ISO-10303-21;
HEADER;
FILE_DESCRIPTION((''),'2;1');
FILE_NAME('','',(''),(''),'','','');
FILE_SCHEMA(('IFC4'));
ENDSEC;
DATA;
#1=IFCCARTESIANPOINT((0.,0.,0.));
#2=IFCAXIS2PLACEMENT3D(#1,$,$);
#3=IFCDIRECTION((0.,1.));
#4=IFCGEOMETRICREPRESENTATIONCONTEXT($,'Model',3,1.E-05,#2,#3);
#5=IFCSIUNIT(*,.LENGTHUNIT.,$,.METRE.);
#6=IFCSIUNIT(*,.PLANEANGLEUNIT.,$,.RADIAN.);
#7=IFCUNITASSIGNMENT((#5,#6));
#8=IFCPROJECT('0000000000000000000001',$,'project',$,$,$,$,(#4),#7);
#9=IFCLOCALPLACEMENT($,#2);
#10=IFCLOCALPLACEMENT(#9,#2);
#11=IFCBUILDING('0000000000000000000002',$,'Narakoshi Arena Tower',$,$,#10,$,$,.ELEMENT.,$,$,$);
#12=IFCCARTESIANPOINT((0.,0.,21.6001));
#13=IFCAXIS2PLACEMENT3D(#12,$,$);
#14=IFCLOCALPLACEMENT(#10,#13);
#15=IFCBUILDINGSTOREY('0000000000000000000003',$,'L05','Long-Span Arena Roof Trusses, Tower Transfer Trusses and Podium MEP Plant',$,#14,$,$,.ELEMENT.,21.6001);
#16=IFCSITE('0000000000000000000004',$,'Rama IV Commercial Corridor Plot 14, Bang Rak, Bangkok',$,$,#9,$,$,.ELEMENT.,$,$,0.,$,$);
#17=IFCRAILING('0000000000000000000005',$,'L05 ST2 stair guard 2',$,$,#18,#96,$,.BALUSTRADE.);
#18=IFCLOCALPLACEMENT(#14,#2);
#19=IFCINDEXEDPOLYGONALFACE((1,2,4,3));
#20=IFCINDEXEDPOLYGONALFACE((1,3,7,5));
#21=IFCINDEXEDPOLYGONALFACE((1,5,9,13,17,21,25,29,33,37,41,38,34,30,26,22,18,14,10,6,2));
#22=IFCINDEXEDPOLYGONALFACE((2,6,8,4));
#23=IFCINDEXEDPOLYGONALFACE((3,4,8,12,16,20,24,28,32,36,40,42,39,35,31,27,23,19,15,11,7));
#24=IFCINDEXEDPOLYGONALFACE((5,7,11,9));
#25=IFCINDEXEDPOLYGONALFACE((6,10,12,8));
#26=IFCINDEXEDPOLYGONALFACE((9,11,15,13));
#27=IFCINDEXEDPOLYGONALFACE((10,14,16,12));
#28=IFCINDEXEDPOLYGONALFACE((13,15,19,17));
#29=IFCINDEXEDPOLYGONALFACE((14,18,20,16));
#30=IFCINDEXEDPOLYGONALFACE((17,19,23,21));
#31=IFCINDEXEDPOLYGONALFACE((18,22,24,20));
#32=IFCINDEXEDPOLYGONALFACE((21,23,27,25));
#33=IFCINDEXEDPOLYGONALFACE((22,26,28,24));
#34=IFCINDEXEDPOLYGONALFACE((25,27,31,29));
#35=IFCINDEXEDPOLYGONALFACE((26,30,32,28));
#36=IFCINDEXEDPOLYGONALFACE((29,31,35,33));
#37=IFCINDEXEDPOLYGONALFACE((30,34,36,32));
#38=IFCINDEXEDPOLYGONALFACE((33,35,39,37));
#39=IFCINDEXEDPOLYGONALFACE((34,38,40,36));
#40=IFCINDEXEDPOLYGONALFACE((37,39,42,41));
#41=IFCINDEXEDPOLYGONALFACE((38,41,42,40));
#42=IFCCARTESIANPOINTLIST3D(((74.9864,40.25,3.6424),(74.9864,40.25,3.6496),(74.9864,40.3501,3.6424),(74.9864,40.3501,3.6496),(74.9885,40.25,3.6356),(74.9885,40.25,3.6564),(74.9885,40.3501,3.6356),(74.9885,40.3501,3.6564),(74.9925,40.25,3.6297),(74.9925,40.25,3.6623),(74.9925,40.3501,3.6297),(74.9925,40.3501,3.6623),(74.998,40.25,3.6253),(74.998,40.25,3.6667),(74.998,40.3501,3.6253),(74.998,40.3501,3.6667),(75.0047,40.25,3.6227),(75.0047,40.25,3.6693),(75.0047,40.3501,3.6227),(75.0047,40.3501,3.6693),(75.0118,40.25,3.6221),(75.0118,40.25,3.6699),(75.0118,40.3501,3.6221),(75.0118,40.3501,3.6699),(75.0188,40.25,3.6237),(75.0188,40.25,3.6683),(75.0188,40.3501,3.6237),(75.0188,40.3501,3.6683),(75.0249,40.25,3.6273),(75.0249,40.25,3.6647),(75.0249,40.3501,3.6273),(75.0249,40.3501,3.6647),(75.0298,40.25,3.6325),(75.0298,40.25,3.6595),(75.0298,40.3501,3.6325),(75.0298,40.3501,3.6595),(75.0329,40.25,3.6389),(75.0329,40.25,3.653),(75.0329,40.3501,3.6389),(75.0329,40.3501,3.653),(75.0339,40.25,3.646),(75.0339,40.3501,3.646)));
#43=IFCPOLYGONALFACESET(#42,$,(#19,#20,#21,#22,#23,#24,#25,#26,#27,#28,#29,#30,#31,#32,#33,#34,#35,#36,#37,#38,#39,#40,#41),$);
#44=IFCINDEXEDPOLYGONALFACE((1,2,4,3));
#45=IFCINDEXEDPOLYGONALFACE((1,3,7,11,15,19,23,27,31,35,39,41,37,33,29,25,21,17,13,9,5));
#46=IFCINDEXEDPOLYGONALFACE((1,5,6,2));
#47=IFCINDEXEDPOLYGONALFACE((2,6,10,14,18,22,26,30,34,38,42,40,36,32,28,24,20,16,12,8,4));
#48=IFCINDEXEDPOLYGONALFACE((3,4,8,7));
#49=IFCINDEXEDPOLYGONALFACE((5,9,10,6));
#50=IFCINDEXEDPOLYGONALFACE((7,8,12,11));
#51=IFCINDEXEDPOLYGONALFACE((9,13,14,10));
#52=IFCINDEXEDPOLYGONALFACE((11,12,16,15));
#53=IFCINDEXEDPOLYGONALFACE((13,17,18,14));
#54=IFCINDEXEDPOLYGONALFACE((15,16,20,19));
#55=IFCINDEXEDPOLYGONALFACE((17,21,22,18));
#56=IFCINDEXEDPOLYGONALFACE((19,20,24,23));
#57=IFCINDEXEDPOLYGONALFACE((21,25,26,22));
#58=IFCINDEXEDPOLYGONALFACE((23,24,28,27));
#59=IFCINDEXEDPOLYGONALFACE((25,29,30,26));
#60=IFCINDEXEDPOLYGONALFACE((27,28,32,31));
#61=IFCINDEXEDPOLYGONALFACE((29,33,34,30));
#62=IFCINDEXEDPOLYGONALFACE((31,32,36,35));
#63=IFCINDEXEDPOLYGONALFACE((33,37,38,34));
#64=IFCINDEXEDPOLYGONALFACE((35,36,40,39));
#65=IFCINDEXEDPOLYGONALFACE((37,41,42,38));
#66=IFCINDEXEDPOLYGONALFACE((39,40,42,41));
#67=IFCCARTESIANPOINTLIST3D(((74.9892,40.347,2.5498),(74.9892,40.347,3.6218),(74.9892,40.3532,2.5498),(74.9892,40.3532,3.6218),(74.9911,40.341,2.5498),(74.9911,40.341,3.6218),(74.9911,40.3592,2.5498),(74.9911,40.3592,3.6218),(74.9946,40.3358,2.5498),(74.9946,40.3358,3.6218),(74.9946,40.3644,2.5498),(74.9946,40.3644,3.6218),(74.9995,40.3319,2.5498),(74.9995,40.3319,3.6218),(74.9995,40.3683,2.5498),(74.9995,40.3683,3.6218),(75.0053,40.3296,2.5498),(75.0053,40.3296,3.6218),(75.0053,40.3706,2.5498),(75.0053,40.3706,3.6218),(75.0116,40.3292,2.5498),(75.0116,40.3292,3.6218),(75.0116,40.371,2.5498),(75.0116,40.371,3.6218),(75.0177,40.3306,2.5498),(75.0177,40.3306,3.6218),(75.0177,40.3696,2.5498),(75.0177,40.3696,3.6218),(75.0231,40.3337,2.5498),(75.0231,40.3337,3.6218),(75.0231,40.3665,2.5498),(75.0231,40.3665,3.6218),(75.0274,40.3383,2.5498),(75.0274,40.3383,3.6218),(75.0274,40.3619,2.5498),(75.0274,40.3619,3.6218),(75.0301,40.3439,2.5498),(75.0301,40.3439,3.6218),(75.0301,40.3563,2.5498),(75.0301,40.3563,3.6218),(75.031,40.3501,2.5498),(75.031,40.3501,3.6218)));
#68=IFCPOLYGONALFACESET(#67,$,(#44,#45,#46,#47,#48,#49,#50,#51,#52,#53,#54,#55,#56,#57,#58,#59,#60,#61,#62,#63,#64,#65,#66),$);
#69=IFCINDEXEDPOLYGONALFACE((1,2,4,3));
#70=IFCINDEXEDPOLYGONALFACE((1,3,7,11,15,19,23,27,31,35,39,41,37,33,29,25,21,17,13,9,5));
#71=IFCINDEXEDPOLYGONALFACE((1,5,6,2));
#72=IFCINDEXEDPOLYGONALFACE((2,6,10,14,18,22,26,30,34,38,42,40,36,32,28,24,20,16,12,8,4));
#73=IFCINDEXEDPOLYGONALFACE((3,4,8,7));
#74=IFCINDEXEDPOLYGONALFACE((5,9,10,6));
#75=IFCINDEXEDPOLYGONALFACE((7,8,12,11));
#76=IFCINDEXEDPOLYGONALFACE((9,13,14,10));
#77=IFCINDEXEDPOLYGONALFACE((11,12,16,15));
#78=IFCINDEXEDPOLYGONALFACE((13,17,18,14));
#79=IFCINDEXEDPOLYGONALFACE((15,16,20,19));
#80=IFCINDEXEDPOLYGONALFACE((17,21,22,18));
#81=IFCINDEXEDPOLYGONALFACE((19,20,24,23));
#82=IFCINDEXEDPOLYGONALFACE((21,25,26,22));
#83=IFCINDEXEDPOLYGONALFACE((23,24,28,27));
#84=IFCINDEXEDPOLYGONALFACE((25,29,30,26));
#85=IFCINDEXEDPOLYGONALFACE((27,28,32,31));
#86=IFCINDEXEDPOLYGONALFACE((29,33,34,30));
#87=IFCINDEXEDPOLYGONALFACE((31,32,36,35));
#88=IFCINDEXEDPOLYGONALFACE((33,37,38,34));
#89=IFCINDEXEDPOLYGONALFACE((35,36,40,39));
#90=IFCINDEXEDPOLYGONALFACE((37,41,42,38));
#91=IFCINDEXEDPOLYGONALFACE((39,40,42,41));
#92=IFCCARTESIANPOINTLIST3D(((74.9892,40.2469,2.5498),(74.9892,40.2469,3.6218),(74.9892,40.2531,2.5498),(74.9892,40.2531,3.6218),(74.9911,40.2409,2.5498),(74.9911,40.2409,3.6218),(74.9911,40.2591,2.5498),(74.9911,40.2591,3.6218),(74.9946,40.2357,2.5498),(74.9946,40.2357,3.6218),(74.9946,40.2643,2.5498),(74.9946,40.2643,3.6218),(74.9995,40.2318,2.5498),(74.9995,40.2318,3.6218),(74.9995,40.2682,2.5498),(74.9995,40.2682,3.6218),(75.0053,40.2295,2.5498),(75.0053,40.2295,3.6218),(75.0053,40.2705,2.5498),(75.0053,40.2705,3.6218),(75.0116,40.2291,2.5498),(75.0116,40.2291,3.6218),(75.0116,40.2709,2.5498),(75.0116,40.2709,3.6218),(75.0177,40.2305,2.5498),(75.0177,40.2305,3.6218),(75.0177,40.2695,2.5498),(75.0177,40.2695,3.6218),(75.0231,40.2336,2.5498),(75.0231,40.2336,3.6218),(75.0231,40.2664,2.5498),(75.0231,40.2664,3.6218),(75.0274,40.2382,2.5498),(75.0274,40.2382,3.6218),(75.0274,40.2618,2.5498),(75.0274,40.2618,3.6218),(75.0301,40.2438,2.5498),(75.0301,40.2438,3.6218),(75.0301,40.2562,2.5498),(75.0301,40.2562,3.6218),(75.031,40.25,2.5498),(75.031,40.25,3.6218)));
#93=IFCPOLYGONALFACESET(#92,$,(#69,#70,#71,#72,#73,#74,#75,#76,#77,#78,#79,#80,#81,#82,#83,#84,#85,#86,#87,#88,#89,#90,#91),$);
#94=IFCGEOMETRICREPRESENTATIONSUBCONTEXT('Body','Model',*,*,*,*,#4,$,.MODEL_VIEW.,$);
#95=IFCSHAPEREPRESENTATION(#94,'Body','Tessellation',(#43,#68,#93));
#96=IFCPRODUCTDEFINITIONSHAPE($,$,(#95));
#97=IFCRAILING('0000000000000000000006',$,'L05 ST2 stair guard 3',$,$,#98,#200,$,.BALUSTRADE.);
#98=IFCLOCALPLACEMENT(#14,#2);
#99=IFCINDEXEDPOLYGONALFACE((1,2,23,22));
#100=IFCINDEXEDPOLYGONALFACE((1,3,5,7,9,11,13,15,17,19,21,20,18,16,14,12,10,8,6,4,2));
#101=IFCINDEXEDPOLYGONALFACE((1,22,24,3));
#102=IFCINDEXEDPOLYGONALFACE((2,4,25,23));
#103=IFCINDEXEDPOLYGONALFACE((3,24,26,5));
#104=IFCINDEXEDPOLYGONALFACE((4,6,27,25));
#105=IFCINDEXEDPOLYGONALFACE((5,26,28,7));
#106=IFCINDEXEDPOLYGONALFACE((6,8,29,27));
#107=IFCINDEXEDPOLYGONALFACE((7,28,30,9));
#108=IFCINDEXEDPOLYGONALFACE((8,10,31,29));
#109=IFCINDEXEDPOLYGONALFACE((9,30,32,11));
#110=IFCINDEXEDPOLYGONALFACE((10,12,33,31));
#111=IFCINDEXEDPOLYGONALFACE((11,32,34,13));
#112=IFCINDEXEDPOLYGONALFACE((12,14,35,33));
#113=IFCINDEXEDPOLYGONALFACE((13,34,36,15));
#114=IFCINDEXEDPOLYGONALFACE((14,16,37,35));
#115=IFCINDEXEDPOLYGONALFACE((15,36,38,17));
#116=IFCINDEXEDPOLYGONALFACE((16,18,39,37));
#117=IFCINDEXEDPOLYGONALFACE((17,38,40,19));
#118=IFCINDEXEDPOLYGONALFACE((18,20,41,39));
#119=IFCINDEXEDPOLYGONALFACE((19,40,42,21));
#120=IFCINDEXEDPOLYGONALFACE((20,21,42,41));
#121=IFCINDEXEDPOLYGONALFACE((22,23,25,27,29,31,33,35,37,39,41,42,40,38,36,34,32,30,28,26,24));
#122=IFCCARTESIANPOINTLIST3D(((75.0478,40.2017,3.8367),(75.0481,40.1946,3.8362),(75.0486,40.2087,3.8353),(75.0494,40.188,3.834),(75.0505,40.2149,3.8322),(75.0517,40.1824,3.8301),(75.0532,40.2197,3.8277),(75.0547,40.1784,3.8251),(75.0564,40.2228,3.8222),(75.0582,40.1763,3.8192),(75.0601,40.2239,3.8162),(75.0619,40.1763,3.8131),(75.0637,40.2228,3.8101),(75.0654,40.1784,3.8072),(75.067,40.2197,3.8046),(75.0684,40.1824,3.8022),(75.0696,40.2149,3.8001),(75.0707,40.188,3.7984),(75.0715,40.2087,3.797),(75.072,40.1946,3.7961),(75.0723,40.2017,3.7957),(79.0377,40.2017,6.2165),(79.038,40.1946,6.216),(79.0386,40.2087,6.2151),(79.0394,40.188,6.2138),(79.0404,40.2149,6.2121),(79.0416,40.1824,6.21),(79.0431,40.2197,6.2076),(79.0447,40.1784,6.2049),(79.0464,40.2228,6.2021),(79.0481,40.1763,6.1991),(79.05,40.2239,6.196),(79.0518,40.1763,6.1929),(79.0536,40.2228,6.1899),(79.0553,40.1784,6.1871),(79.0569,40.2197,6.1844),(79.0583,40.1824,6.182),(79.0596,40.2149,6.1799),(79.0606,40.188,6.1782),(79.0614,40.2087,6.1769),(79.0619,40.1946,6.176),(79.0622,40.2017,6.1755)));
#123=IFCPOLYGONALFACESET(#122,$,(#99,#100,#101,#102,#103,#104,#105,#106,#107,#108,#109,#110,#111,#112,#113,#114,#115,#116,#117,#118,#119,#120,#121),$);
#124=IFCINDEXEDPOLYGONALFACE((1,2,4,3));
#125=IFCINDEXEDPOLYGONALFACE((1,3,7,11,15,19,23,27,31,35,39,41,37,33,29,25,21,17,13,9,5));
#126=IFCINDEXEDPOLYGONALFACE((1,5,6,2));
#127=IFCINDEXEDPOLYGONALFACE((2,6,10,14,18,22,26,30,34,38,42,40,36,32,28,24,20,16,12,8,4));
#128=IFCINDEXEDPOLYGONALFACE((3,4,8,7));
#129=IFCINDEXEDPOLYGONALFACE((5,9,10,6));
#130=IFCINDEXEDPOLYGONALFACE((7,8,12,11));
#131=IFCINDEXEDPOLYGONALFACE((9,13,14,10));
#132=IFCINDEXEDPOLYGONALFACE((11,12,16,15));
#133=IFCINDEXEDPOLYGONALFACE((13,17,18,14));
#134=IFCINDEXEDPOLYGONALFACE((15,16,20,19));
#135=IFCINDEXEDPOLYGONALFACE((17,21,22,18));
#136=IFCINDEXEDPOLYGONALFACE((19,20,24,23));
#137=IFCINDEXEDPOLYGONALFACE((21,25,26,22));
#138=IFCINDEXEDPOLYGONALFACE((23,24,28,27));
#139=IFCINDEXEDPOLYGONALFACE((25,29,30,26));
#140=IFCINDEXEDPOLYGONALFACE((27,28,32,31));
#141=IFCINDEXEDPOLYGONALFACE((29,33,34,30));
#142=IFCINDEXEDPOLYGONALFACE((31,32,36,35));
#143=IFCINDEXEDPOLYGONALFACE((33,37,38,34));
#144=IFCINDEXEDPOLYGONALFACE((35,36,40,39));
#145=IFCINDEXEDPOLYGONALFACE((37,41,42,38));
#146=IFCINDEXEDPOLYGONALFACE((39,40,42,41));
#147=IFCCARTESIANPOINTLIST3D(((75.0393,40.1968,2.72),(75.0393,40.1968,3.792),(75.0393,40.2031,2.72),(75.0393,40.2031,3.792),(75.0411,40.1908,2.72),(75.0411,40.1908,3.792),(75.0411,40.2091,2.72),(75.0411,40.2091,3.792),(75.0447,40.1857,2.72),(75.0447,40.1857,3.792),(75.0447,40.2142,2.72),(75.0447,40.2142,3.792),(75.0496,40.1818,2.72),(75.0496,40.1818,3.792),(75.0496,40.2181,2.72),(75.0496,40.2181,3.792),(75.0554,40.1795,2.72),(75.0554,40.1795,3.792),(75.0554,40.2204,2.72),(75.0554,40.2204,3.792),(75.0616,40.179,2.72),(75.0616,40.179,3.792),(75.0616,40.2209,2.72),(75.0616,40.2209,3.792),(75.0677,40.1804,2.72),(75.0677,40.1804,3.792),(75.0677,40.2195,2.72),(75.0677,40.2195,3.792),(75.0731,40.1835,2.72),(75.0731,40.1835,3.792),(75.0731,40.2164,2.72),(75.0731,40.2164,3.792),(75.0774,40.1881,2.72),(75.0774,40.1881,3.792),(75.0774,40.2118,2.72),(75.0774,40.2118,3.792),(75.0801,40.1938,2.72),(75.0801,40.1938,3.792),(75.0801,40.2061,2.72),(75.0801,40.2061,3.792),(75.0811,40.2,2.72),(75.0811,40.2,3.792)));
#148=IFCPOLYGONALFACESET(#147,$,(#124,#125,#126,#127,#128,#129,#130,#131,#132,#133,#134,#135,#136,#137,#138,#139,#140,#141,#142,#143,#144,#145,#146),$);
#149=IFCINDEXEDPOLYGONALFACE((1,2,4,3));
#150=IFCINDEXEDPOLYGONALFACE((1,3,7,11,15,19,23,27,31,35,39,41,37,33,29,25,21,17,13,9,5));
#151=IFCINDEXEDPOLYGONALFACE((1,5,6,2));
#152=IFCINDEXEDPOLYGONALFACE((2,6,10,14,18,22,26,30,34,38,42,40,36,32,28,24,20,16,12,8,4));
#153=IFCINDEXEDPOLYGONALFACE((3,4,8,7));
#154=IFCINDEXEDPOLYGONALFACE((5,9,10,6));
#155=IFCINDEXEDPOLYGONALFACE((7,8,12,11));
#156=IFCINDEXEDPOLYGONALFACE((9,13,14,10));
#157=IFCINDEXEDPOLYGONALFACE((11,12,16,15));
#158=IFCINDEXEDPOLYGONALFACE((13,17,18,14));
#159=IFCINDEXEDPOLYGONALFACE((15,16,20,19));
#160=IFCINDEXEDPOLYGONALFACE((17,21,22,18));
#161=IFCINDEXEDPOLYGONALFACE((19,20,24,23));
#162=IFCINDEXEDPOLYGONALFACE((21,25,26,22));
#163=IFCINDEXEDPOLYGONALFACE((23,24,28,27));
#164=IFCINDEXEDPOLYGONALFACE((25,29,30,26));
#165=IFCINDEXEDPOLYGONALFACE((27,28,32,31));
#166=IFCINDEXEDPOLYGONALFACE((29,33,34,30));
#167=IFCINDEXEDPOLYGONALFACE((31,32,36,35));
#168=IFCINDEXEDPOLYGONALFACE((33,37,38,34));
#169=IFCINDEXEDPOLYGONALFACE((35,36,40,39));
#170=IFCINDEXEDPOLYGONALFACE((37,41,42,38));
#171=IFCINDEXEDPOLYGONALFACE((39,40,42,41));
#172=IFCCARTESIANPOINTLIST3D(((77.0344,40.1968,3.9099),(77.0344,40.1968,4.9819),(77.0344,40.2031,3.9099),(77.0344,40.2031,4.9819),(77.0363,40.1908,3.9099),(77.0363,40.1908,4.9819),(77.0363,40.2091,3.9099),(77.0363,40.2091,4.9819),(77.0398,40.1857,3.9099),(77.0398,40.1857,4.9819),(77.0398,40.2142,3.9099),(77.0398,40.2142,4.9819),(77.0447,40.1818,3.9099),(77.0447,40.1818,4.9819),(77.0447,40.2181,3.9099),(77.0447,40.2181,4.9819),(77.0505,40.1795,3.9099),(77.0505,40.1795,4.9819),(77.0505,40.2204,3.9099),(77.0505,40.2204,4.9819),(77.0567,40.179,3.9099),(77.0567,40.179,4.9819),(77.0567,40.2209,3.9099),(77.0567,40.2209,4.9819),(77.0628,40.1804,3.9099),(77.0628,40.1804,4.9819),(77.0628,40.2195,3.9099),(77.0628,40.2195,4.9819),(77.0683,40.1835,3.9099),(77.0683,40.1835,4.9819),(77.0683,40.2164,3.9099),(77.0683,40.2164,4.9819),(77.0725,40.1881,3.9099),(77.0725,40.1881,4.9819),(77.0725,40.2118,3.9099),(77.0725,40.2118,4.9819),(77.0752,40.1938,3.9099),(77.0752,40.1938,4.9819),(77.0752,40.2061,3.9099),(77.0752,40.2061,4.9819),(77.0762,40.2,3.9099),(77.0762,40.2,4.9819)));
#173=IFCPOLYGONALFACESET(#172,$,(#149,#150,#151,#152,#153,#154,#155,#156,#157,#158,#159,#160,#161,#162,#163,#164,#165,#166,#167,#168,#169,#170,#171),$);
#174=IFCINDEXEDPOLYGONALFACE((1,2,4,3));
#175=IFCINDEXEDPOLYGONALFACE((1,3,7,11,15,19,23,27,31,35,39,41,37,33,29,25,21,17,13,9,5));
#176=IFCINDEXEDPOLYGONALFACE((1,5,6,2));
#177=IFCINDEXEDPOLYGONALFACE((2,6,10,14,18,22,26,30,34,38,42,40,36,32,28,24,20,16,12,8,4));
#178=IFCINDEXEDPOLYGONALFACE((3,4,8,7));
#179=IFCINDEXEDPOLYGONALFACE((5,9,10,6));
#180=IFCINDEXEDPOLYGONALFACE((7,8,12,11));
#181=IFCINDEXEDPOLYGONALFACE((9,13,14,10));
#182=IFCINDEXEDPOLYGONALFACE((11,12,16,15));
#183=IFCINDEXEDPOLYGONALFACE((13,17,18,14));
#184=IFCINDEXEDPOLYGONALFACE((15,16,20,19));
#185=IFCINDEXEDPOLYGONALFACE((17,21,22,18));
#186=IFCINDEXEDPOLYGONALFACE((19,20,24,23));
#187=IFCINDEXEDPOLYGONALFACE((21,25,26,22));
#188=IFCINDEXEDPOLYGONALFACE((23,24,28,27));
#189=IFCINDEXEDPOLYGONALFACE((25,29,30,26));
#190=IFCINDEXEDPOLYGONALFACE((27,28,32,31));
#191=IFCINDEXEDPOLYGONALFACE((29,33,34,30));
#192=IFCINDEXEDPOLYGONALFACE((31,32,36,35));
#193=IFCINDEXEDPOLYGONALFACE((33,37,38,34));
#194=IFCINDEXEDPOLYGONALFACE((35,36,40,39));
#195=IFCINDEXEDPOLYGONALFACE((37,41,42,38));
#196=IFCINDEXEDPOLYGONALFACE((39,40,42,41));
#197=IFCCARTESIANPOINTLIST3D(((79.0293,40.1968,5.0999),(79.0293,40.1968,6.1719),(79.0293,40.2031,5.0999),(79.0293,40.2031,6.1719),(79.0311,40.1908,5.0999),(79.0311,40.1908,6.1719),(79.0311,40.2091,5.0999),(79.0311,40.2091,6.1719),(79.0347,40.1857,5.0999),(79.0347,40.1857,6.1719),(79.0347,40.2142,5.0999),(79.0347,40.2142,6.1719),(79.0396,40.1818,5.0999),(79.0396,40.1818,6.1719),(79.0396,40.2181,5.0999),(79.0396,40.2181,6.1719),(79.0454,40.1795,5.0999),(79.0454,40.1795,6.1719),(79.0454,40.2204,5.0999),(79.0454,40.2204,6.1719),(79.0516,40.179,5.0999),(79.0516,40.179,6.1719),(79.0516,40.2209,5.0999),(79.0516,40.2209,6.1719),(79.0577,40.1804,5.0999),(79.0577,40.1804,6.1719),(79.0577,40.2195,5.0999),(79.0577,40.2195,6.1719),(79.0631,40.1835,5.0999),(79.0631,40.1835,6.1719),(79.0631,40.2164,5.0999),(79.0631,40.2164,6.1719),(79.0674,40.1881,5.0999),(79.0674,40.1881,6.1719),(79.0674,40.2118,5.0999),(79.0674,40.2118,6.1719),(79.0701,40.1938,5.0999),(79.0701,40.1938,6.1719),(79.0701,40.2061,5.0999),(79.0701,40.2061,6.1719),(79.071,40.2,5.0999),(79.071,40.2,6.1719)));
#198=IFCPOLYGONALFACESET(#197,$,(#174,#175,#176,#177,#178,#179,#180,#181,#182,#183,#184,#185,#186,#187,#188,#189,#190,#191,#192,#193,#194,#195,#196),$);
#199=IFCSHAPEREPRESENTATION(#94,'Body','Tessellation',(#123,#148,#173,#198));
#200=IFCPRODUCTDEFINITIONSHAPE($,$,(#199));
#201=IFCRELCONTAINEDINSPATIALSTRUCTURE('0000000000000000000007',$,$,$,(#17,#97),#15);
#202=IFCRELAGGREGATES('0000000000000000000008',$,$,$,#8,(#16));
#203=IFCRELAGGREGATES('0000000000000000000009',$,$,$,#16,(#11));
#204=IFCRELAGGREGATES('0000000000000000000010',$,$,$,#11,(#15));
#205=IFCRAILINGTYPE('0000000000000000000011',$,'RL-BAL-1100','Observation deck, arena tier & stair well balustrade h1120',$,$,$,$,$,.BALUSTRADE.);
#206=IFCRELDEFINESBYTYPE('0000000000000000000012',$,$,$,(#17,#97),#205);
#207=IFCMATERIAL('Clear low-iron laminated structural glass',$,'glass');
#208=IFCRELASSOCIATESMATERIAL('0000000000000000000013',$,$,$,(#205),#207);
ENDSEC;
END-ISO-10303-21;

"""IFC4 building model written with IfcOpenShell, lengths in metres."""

from ifc_helpers import new_model, si_unit, direction, frame, origin, origin_2d, place, context, subcontext, project, spatial, circle, extrude, material, type_object, element, save


model = new_model("IFC4")

# Units and contexts
model_context = context("Model", 3, precision=1e-05, world=origin(), true_north=direction((0.0, 1.0)))
body_context = subcontext(model_context, "Body", "Model", "MODEL_VIEW")
ifc_project = project(units=[si_unit("LENGTHUNIT", "METRE"), si_unit("PLANEANGLEUNIT", "RADIAN")], contexts=[model_context])

# Site, building, storey
site_placement = place(None, origin())
site = spatial("IfcSite", under=ifc_project, at=site_placement, Name="Rama IV Commercial Corridor Plot 14, Bang Rak, Bangkok", CompositionType="ELEMENT", RefElevation=0.0)
building_placement = place(site_placement, origin())
building = spatial("IfcBuilding", under=site, at=building_placement, Name="Narakoshi Arena Tower", CompositionType="ELEMENT")
storey_placement = place(building_placement, frame((0.0, 0.0, 21.6001)))
storey = spatial("IfcBuildingStorey", under=building, at=storey_placement, Name="L05", Description="Long-Span Arena Roof Trusses, Tower Transfer Trusses and Podium MEP Plant", CompositionType="ELEMENT", Elevation=21.6001)

# Railings
ifc_material_1 = material(Name="Clear low-iron laminated structural glass", Category="glass")
railing_type_1 = type_object("IfcRailingType", Name="RL-BAL-1100", Description="Observation deck, arena tier & stair well balustrade h1120", PredefinedType="BALUSTRADE", material=ifc_material_1)
railing_1_placement = place(storey_placement, frame((75.01, 40.3501, 2.5498)))
element("IfcRailing", 1, at=railing_1_placement, inside=storey, type_object=railing_type_1, Name="L05 ST2 stair guard 2", PredefinedType="BALUSTRADE", context=body_context, shape_type="SweptSolid", body=[
    extrude(circle(Radius=0.0239, at=origin_2d()), frame((0.0, 0.0, 1.0962), z_axis=(0.0, -1.0, 0.0), x_axis=(1.0, 0.0, 0.0)), (0.0, 0.0, 1.0), 0.1001),
    extrude(circle(Radius=0.021, at=origin_2d()), origin(), (0.0, 0.0, 1.0), 1.072),
    extrude(circle(Radius=0.021, at=origin_2d()), frame((0.0, -0.1001, 0.0)), (0.0, 0.0, 1.0), 1.072),
])
for number, where, name in (
    (2, (75.0601, 40.2, 2.72), "L05 ST2 stair guard 3"),
):
    element("IfcRailing", number, at=place(storey_placement, frame(where)), inside=storey, type_object=railing_type_1, Name=name, PredefinedType="BALUSTRADE", context=body_context, shape_type="SweptSolid", body=[
        extrude(circle(Radius=0.0239, at=origin_2d()), frame((0.0, 0.0, 1.0962), z_axis=(0.85883, 0.0, 0.512261), x_axis=(0.0, 1.0, 0.0)), (0.0, 0.0, 1.0), 4.6458),
        extrude(circle(Radius=0.021, at=origin_2d()), origin(), (0.0, 0.0, 1.0), 1.072),
        extrude(circle(Radius=0.021, at=origin_2d()), frame((1.9951, 0.0, 1.1899)), (0.0, 0.0, 1.0), 1.072),
        extrude(circle(Radius=0.021, at=origin_2d()), frame((3.99, 0.0, 2.3799)), (0.0, 0.0, 1.0), 1.072),
    ])

save(model, "model.ifc")
